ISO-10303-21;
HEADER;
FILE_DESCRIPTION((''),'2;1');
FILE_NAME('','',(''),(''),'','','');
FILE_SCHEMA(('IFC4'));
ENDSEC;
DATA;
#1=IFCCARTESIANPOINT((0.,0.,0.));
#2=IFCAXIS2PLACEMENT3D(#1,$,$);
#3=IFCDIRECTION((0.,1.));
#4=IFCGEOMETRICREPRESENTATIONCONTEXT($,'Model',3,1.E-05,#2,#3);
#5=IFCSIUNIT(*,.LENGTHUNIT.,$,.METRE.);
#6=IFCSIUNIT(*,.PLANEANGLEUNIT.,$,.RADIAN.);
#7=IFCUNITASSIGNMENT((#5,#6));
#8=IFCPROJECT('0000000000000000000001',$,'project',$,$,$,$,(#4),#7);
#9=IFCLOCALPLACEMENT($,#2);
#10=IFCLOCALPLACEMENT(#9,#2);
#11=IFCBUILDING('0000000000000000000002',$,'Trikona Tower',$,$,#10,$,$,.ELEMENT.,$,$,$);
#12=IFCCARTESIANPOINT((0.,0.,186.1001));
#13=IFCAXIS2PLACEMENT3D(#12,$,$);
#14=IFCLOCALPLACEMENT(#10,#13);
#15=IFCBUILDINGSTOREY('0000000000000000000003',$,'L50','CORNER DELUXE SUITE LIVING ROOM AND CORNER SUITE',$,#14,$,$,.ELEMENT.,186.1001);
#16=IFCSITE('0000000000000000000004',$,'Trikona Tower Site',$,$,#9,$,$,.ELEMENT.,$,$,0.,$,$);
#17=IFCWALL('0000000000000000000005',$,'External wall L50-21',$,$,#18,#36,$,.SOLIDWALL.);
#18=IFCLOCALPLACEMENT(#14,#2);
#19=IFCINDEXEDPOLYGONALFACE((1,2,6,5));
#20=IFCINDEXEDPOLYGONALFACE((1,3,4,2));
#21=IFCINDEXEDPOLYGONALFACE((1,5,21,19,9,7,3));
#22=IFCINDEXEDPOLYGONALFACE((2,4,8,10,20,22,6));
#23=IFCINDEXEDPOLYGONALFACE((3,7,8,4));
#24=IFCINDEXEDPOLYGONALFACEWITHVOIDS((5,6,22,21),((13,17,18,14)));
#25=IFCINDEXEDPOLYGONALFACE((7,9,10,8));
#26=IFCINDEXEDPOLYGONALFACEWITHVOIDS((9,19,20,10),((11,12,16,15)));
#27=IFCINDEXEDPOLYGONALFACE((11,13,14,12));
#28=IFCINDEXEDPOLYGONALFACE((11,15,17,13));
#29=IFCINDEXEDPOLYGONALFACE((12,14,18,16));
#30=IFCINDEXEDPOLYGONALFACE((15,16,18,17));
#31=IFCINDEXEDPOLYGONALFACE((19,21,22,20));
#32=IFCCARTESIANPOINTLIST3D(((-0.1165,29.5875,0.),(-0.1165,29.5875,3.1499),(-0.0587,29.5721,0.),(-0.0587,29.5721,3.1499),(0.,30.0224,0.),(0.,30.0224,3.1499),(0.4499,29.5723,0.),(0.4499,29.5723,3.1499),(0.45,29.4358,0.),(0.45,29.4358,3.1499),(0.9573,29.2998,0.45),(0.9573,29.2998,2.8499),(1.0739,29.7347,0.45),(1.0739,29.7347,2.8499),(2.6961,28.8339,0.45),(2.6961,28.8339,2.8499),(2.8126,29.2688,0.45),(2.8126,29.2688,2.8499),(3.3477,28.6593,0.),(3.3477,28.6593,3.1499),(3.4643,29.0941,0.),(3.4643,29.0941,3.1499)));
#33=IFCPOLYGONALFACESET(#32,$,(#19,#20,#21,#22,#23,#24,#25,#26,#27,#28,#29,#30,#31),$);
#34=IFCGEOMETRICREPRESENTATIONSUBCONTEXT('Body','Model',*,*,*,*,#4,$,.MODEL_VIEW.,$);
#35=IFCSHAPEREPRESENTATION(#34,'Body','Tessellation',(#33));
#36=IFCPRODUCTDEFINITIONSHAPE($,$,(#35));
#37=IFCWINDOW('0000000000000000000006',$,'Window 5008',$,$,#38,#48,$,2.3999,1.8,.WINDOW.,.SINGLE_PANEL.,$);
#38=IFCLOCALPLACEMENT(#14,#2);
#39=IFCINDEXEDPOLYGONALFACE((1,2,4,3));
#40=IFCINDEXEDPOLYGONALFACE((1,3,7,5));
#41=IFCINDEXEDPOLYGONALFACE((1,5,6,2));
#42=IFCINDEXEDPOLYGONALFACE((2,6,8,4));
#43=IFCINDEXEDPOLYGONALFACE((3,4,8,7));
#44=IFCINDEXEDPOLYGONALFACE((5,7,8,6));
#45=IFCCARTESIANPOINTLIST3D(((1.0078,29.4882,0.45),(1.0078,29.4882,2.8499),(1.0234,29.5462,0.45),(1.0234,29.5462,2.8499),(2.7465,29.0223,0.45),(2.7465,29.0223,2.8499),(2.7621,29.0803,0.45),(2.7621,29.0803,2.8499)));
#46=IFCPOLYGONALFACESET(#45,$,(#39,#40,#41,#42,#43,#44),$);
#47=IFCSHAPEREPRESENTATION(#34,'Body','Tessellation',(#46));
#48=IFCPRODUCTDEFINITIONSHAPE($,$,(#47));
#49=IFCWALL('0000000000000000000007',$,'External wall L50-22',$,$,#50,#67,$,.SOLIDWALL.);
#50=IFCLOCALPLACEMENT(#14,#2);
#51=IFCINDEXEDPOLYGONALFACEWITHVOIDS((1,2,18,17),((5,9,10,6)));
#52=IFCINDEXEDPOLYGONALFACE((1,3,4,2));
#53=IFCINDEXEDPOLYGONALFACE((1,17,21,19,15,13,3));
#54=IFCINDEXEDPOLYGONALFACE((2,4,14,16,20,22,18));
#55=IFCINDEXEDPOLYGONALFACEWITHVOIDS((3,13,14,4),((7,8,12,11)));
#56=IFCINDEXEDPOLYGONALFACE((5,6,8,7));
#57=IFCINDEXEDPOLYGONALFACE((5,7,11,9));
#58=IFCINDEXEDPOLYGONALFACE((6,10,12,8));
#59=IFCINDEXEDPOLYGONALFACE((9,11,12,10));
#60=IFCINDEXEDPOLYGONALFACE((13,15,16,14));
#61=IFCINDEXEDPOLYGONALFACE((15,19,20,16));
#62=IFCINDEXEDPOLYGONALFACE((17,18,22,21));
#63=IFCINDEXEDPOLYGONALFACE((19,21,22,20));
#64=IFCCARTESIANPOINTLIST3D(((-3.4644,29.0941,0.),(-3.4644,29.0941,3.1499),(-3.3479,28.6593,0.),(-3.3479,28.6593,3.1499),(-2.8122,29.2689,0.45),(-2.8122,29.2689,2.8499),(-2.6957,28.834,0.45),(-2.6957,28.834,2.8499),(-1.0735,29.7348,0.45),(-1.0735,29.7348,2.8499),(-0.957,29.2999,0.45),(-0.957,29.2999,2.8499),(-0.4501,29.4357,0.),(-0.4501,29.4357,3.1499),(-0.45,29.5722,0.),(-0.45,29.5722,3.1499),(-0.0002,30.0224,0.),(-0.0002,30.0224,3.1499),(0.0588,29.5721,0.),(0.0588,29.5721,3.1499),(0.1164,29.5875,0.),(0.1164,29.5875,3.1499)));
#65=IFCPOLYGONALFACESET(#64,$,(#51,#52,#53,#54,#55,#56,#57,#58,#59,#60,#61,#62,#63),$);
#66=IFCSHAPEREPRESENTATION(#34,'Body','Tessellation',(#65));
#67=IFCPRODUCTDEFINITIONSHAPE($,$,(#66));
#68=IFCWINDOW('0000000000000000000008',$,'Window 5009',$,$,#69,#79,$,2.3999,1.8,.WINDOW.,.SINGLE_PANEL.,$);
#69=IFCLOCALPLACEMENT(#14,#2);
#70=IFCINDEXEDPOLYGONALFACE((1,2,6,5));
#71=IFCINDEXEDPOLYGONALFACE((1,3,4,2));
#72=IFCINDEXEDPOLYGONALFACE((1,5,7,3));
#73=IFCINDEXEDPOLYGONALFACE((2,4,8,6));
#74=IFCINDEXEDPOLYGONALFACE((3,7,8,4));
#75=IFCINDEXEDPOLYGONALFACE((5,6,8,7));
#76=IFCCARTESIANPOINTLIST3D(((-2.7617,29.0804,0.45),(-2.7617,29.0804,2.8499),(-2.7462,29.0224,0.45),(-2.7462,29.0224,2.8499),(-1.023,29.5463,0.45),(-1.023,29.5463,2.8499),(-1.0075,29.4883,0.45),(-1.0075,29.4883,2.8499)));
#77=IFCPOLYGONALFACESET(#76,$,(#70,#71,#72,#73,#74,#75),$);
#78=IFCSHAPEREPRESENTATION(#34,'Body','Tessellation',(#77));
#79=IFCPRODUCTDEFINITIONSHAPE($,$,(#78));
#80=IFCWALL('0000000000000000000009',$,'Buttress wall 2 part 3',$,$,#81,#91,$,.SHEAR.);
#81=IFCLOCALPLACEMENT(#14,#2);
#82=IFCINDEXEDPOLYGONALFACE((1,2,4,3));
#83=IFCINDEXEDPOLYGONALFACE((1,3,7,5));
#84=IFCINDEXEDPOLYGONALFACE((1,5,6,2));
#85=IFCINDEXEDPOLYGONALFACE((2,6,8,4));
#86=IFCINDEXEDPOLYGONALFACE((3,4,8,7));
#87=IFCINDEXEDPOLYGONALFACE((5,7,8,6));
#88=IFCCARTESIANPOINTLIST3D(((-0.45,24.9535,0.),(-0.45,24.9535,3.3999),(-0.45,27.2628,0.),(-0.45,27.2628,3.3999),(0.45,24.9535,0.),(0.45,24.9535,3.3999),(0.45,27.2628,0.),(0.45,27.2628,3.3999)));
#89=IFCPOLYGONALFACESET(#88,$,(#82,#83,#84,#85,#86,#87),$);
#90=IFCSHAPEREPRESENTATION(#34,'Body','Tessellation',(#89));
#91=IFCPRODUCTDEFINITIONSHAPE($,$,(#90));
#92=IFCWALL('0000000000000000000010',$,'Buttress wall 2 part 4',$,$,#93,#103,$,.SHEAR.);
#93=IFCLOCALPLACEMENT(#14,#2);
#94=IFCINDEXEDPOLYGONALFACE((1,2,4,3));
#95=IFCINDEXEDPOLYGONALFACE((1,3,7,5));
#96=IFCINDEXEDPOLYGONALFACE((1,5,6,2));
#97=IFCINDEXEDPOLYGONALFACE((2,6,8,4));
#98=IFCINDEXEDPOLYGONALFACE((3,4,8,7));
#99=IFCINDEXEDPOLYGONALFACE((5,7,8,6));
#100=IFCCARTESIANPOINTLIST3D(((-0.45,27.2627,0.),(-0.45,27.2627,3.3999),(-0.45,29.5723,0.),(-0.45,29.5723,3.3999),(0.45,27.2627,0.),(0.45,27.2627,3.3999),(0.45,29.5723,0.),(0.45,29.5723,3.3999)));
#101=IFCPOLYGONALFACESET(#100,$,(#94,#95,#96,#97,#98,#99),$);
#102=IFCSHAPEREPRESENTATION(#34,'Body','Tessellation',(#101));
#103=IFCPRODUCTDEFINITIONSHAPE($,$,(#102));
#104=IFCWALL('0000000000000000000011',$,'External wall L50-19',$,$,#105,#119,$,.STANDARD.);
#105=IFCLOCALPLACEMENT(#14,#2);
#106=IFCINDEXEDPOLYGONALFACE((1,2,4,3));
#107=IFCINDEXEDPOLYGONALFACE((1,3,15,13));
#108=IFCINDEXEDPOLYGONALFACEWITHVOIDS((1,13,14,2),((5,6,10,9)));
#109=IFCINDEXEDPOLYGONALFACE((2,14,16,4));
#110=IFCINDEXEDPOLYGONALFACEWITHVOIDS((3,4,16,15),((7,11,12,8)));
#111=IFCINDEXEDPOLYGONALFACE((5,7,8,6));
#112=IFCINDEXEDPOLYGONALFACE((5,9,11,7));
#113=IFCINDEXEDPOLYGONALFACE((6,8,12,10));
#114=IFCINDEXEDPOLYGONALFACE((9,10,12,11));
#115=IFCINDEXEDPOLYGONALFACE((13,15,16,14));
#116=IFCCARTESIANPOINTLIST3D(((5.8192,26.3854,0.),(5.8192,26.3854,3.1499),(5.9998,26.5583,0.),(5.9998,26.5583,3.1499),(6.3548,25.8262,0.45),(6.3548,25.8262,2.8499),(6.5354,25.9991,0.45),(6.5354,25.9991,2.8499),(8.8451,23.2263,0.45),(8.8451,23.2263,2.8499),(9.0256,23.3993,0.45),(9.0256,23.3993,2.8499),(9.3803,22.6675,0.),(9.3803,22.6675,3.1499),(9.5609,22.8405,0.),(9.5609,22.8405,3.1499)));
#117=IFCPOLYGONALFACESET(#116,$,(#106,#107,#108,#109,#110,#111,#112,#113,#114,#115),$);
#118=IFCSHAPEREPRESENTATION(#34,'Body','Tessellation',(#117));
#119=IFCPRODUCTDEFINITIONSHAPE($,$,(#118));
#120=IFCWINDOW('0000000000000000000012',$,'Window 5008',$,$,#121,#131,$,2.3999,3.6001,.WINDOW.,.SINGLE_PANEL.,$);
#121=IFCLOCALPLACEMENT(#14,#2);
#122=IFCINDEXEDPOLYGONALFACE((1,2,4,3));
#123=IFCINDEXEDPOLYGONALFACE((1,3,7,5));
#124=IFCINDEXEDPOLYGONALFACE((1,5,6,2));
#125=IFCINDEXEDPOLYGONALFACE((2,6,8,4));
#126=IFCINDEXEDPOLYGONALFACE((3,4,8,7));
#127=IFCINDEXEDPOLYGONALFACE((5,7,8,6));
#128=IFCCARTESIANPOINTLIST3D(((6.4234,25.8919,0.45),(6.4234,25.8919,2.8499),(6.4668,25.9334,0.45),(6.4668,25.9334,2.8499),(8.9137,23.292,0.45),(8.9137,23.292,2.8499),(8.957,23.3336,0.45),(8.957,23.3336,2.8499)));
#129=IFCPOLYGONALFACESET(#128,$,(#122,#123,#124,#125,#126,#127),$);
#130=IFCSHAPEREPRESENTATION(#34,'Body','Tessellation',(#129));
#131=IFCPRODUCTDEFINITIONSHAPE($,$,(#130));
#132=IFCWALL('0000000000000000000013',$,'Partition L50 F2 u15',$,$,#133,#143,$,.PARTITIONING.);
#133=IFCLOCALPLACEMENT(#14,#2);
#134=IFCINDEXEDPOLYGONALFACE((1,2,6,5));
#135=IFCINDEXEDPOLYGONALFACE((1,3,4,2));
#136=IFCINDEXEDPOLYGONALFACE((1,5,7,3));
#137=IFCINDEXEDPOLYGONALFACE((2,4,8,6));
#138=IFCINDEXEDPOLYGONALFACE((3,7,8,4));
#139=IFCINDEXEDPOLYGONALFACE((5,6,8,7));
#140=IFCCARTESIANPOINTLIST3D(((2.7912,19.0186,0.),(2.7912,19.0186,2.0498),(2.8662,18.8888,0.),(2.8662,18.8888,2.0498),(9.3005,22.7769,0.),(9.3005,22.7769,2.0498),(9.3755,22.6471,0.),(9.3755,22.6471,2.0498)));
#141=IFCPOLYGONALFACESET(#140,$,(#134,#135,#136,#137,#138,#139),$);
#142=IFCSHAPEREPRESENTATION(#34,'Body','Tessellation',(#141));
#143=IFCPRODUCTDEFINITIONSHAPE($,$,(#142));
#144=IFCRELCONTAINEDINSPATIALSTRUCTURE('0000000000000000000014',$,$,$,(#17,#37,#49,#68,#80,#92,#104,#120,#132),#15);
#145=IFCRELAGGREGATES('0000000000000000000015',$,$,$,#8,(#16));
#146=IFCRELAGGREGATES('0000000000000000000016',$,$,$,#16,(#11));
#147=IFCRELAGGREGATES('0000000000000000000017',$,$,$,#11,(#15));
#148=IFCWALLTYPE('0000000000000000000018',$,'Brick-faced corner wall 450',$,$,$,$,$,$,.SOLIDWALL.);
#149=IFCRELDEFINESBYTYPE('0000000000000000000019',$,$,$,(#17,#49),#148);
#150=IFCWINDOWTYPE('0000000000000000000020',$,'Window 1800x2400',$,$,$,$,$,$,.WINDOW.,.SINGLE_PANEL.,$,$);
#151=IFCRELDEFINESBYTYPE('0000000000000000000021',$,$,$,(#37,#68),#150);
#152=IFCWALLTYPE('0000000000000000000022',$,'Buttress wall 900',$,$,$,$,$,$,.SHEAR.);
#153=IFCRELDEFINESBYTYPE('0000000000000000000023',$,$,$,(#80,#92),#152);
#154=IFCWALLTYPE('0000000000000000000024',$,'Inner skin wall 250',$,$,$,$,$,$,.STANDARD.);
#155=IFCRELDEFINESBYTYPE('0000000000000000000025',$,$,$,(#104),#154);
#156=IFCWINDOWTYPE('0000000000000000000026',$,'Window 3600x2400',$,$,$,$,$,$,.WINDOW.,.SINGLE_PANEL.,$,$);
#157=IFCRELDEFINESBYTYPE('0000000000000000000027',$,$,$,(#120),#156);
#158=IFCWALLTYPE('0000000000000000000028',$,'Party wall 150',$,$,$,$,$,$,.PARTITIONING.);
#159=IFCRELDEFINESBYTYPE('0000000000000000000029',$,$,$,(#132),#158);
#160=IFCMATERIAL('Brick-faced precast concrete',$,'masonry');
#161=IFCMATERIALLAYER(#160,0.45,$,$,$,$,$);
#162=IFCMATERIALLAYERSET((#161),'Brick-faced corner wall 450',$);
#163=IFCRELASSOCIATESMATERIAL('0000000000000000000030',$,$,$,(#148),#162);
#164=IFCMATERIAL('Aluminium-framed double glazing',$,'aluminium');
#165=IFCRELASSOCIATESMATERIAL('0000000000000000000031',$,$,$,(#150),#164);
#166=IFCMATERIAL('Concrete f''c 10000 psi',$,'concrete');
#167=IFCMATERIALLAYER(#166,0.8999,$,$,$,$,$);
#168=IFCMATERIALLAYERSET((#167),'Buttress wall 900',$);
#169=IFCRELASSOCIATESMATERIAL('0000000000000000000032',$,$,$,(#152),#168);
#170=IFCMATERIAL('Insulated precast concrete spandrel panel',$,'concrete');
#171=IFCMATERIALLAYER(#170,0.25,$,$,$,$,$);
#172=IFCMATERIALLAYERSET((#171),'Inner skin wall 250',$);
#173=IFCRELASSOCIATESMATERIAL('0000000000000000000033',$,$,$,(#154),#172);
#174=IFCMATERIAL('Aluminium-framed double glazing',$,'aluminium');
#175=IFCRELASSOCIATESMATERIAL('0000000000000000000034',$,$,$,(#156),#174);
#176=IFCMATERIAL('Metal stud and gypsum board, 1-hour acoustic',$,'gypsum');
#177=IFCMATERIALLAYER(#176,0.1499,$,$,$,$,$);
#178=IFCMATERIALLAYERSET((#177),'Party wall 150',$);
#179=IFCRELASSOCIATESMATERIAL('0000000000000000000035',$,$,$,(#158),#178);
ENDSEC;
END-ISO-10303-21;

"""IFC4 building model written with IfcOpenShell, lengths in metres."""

from ifc_helpers import new_model, si_unit, direction, frame, frame_2d, origin, place, context, subcontext, project, spatial, polyline, rectangle, outline, extrude, material, layer, layer_set, type_object, element, fill, save


model = new_model("IFC4")

# Units and contexts
model_context = context("Model", 3, precision=1e-05, world=origin(), true_north=direction((0.0, 1.0)))
body_context = subcontext(model_context, "Body", "Model", "MODEL_VIEW")
ifc_project = project(units=[si_unit("LENGTHUNIT", "METRE"), si_unit("PLANEANGLEUNIT", "RADIAN")], contexts=[model_context])

# Site, building, storey
site_placement = place(None, origin())
site = spatial("IfcSite", under=ifc_project, at=site_placement, Name="Trikona Tower Site", CompositionType="ELEMENT", RefElevation=0.0)
building_placement = place(site_placement, origin())
building = spatial("IfcBuilding", under=site, at=building_placement, Name="Trikona Tower", CompositionType="ELEMENT")
storey_placement = place(building_placement, frame((0.0, 0.0, 186.1001)))
storey = spatial("IfcBuildingStorey", under=building, at=storey_placement, Name="L50", Description="CORNER DELUXE SUITE LIVING ROOM AND CORNER SUITE", CompositionType="ELEMENT", Elevation=186.1001)

# Walls, openings, windows
ifc_material_1 = material(Name="Brick-faced precast concrete", Category="masonry")
ifc_layer_1 = layer(ifc_material_1, 0.45)
ifc_layer_set_1 = layer_set([ifc_layer_1], Name="Brick-faced corner wall 450")
wall_type_1 = type_object("IfcWallType", Name="Brick-faced corner wall 450", PredefinedType="SOLIDWALL", material=ifc_layer_set_1)
wall_1_placement = place(storey_placement, frame((3.406, 28.8767, 0.0), z_axis=(0.0, 0.0, 1.0), x_axis=(-0.965925, 0.258823, 0.0)))
wall_1 = element("IfcWall", 1, at=wall_1_placement, inside=storey, type_object=wall_type_1, Name="External wall L50-21", PredefinedType="SOLIDWALL", context=body_context, shape_type="SweptSolid", body=[
    extrude(outline(polyline([(3.5864, 0.2251), (3.5266, 0.2251), (3.0354, 0.0933), (3.0, 0.2251), (0.0, 0.2251), (0.0, -0.2251), (3.5864, -0.2251), (3.5864, 0.2251)])), origin(), (0.0, 0.0, 1.0), 3.1499),
])
opening_1_placement = place(wall_1_placement, frame((0.6748, 0.0, 0.45)))
opening_1 = element("IfcOpeningElement", 2, at=opening_1_placement, cuts=wall_1, PredefinedType="OPENING", context=body_context, shape_type="SweptSolid", body=[
    extrude(rectangle(XDim=1.8, YDim=2.3999, at=frame_2d((0.8999, 1.2))), frame((0.0, 0.2349, 0.0), z_axis=(0.0, -1.0, 0.0), x_axis=(1.0, 0.0, 0.0)), (0.0, 0.0, 1.0), 0.47),
])
ifc_material_2 = material(Name="Aluminium-framed double glazing", Category="aluminium")
window_type_1 = type_object("IfcWindowType", Name="Window 1800x2400", PartitioningType="SINGLE_PANEL", PredefinedType="WINDOW", material=ifc_material_2)
window_1_placement = place(opening_1_placement, origin())
window_1 = element("IfcWindow", 3, at=window_1_placement, inside=storey, type_object=window_type_1, Name="Window 5008", OverallHeight=2.3999, OverallWidth=1.8, PartitioningType="SINGLE_PANEL", PredefinedType="WINDOW", context=body_context, shape_type="SweptSolid", body=[
    extrude(rectangle(XDim=1.8, YDim=2.3999, at=frame_2d((0.8999, 1.2))), frame((0.0, 0.03, 0.0), z_axis=(0.0, -1.0, 0.0), x_axis=(1.0, 0.0, 0.0)), (0.0, 0.0, 1.0), 0.0601),
])
fill(opening_1, window_1)
wall_2_placement = place(storey_placement, frame((0.0581, 29.8049, 0.0), z_axis=(0.0, 0.0, 1.0), x_axis=(-0.965925, -0.258823, 0.0)))
wall_2 = element("IfcWall", 4, at=wall_2_placement, inside=storey, type_object=wall_type_1, Name="External wall L50-22", PredefinedType="SOLIDWALL", context=body_context, shape_type="SweptSolid", body=[
    extrude(outline(polyline([(3.5864, 0.2251), (0.5864, 0.2251), (0.551, 0.0933), (0.0596, 0.2251), (0.0, 0.2251), (0.0, -0.2251), (3.5864, -0.2251), (3.5864, 0.2251)])), origin(), (0.0, 0.0, 1.0), 3.1499),
])
opening_2_placement = place(wall_2_placement, frame((1.1113, 0.0, 0.45)))
opening_2 = element("IfcOpeningElement", 5, at=opening_2_placement, cuts=wall_2, PredefinedType="OPENING", context=body_context, shape_type="SweptSolid", body=[
    extrude(rectangle(XDim=1.8, YDim=2.3999, at=frame_2d((0.8999, 1.2))), frame((0.0, 0.2349, 0.0), z_axis=(0.0, -1.0, 0.0), x_axis=(1.0, 0.0, 0.0)), (0.0, 0.0, 1.0), 0.47),
])
window_2_placement = place(opening_2_placement, origin())
window_2 = element("IfcWindow", 6, at=window_2_placement, inside=storey, type_object=window_type_1, Name="Window 5009", OverallHeight=2.3999, OverallWidth=1.8, PartitioningType="SINGLE_PANEL", PredefinedType="WINDOW", context=body_context, shape_type="SweptSolid", body=[
    extrude(rectangle(XDim=1.8, YDim=2.3999, at=frame_2d((0.8999, 1.2))), frame((0.0, 0.03, 0.0), z_axis=(0.0, -1.0, 0.0), x_axis=(1.0, 0.0, 0.0)), (0.0, 0.0, 1.0), 0.0601),
])
fill(opening_2, window_2)

# Walls
ifc_material_3 = material(Name="Concrete f'c 10000 psi", Category="concrete")
ifc_layer_2 = layer(ifc_material_3, 0.8999)
ifc_layer_set_2 = layer_set([ifc_layer_2], Name="Buttress wall 900")
wall_type_2 = type_object("IfcWallType", Name="Buttress wall 900", PredefinedType="SHEAR", material=ifc_layer_set_2)
wall_3_placement = place(storey_placement, frame((0.0, 24.9534, 0.0), z_axis=(0.0, 0.0, 1.0), x_axis=(0.0, 1.0, 0.0)))
element("IfcWall", 7, at=wall_3_placement, inside=storey, type_object=wall_type_2, Name="Buttress wall 2 part 3", PredefinedType="SHEAR", context=body_context, shape_type="SweptSolid", body=[
    extrude(rectangle(XDim=2.3093, YDim=0.8999, at=frame_2d((1.1548, 0.0))), origin(), (0.0, 0.0, 1.0), 3.3999),
])
wall_4_placement = place(storey_placement, frame((0.0, 27.2627, 0.0), z_axis=(0.0, 0.0, 1.0), x_axis=(0.0, 1.0, 0.0)))
element("IfcWall", 8, at=wall_4_placement, inside=storey, type_object=wall_type_2, Name="Buttress wall 2 part 4", PredefinedType="SHEAR", context=body_context, shape_type="SweptSolid", body=[
    extrude(rectangle(XDim=2.3096, YDim=0.8999, at=frame_2d((1.1548, 0.0))), origin(), (0.0, 0.0, 1.0), 3.3999),
])

# Wall, opening, window
ifc_material_4 = material(Name="Insulated precast concrete spandrel panel", Category="concrete")
ifc_layer_3 = layer(ifc_material_4, 0.25)
ifc_layer_set_3 = layer_set([ifc_layer_3], Name="Inner skin wall 250")
wall_type_3 = type_object("IfcWallType", Name="Inner skin wall 250", PredefinedType="STANDARD", material=ifc_layer_set_3)
wall_5_placement = place(storey_placement, frame((9.4707, 22.7539, 0.0), z_axis=(0.0, 0.0, 1.0), x_axis=(-0.69172, 0.722166, 0.0)))
wall_5 = element("IfcWall", 9, at=wall_5_placement, inside=storey, type_object=wall_type_3, Name="External wall L50-19", PredefinedType="STANDARD", context=body_context, shape_type="SweptSolid", body=[
    extrude(rectangle(XDim=5.1482, YDim=0.25, at=frame_2d((2.5742, 0.0))), origin(), (0.0, 0.0, 1.0), 3.1499),
])
opening_3_placement = place(wall_5_placement, frame((0.7739, 0.0, 0.45)))
opening_3 = element("IfcOpeningElement", 10, at=opening_3_placement, cuts=wall_5, PredefinedType="OPENING", context=body_context, shape_type="SweptSolid", body=[
    extrude(rectangle(XDim=3.6001, YDim=2.3999, at=frame_2d((1.8, 1.2))), frame((0.0, 0.135, 0.0), z_axis=(0.0, -1.0, 0.0), x_axis=(1.0, 0.0, 0.0)), (0.0, 0.0, 1.0), 0.27),
])
ifc_material_5 = material(Name="Aluminium-framed double glazing", Category="aluminium")
window_type_2 = type_object("IfcWindowType", Name="Window 3600x2400", PartitioningType="SINGLE_PANEL", PredefinedType="WINDOW", material=ifc_material_5)
window_3_placement = place(opening_3_placement, origin())
window_3 = element("IfcWindow", 11, at=window_3_placement, inside=storey, type_object=window_type_2, Name="Window 5008", OverallHeight=2.3999, OverallWidth=3.6001, PartitioningType="SINGLE_PANEL", PredefinedType="WINDOW", context=body_context, shape_type="SweptSolid", body=[
    extrude(rectangle(XDim=3.6001, YDim=2.3999, at=frame_2d((1.8, 1.2))), frame((0.0, 0.03, 0.0), z_axis=(0.0, -1.0, 0.0), x_axis=(1.0, 0.0, 0.0)), (0.0, 0.0, 1.0), 0.0601),
])
fill(opening_3, window_3)

# Wall
ifc_material_6 = material(Name="Metal stud and gypsum board, 1-hour acoustic", Category="gypsum")
ifc_layer_4 = layer(ifc_material_6, 0.1499)
ifc_layer_set_4 = layer_set([ifc_layer_4], Name="Party wall 150")
wall_type_4 = type_object("IfcWallType", Name="Party wall 150", PredefinedType="PARTITIONING", material=ifc_layer_set_4)
wall_6_placement = place(storey_placement, frame((2.8286, 18.9536, 0.0), z_axis=(0.0, 0.0, 1.0), x_axis=(0.866016, 0.500017, 0.0)))
element("IfcWall", 12, at=wall_6_placement, inside=storey, type_object=wall_type_4, Name="Partition L50 F2 u15", PredefinedType="PARTITIONING", context=body_context, shape_type="SweptSolid", body=[
    extrude(rectangle(XDim=7.5164, YDim=0.1499, at=frame_2d((3.7583, 0.0))), origin(), (0.0, 0.0, 1.0), 2.0498),
])

save(model, "model.ifc")
